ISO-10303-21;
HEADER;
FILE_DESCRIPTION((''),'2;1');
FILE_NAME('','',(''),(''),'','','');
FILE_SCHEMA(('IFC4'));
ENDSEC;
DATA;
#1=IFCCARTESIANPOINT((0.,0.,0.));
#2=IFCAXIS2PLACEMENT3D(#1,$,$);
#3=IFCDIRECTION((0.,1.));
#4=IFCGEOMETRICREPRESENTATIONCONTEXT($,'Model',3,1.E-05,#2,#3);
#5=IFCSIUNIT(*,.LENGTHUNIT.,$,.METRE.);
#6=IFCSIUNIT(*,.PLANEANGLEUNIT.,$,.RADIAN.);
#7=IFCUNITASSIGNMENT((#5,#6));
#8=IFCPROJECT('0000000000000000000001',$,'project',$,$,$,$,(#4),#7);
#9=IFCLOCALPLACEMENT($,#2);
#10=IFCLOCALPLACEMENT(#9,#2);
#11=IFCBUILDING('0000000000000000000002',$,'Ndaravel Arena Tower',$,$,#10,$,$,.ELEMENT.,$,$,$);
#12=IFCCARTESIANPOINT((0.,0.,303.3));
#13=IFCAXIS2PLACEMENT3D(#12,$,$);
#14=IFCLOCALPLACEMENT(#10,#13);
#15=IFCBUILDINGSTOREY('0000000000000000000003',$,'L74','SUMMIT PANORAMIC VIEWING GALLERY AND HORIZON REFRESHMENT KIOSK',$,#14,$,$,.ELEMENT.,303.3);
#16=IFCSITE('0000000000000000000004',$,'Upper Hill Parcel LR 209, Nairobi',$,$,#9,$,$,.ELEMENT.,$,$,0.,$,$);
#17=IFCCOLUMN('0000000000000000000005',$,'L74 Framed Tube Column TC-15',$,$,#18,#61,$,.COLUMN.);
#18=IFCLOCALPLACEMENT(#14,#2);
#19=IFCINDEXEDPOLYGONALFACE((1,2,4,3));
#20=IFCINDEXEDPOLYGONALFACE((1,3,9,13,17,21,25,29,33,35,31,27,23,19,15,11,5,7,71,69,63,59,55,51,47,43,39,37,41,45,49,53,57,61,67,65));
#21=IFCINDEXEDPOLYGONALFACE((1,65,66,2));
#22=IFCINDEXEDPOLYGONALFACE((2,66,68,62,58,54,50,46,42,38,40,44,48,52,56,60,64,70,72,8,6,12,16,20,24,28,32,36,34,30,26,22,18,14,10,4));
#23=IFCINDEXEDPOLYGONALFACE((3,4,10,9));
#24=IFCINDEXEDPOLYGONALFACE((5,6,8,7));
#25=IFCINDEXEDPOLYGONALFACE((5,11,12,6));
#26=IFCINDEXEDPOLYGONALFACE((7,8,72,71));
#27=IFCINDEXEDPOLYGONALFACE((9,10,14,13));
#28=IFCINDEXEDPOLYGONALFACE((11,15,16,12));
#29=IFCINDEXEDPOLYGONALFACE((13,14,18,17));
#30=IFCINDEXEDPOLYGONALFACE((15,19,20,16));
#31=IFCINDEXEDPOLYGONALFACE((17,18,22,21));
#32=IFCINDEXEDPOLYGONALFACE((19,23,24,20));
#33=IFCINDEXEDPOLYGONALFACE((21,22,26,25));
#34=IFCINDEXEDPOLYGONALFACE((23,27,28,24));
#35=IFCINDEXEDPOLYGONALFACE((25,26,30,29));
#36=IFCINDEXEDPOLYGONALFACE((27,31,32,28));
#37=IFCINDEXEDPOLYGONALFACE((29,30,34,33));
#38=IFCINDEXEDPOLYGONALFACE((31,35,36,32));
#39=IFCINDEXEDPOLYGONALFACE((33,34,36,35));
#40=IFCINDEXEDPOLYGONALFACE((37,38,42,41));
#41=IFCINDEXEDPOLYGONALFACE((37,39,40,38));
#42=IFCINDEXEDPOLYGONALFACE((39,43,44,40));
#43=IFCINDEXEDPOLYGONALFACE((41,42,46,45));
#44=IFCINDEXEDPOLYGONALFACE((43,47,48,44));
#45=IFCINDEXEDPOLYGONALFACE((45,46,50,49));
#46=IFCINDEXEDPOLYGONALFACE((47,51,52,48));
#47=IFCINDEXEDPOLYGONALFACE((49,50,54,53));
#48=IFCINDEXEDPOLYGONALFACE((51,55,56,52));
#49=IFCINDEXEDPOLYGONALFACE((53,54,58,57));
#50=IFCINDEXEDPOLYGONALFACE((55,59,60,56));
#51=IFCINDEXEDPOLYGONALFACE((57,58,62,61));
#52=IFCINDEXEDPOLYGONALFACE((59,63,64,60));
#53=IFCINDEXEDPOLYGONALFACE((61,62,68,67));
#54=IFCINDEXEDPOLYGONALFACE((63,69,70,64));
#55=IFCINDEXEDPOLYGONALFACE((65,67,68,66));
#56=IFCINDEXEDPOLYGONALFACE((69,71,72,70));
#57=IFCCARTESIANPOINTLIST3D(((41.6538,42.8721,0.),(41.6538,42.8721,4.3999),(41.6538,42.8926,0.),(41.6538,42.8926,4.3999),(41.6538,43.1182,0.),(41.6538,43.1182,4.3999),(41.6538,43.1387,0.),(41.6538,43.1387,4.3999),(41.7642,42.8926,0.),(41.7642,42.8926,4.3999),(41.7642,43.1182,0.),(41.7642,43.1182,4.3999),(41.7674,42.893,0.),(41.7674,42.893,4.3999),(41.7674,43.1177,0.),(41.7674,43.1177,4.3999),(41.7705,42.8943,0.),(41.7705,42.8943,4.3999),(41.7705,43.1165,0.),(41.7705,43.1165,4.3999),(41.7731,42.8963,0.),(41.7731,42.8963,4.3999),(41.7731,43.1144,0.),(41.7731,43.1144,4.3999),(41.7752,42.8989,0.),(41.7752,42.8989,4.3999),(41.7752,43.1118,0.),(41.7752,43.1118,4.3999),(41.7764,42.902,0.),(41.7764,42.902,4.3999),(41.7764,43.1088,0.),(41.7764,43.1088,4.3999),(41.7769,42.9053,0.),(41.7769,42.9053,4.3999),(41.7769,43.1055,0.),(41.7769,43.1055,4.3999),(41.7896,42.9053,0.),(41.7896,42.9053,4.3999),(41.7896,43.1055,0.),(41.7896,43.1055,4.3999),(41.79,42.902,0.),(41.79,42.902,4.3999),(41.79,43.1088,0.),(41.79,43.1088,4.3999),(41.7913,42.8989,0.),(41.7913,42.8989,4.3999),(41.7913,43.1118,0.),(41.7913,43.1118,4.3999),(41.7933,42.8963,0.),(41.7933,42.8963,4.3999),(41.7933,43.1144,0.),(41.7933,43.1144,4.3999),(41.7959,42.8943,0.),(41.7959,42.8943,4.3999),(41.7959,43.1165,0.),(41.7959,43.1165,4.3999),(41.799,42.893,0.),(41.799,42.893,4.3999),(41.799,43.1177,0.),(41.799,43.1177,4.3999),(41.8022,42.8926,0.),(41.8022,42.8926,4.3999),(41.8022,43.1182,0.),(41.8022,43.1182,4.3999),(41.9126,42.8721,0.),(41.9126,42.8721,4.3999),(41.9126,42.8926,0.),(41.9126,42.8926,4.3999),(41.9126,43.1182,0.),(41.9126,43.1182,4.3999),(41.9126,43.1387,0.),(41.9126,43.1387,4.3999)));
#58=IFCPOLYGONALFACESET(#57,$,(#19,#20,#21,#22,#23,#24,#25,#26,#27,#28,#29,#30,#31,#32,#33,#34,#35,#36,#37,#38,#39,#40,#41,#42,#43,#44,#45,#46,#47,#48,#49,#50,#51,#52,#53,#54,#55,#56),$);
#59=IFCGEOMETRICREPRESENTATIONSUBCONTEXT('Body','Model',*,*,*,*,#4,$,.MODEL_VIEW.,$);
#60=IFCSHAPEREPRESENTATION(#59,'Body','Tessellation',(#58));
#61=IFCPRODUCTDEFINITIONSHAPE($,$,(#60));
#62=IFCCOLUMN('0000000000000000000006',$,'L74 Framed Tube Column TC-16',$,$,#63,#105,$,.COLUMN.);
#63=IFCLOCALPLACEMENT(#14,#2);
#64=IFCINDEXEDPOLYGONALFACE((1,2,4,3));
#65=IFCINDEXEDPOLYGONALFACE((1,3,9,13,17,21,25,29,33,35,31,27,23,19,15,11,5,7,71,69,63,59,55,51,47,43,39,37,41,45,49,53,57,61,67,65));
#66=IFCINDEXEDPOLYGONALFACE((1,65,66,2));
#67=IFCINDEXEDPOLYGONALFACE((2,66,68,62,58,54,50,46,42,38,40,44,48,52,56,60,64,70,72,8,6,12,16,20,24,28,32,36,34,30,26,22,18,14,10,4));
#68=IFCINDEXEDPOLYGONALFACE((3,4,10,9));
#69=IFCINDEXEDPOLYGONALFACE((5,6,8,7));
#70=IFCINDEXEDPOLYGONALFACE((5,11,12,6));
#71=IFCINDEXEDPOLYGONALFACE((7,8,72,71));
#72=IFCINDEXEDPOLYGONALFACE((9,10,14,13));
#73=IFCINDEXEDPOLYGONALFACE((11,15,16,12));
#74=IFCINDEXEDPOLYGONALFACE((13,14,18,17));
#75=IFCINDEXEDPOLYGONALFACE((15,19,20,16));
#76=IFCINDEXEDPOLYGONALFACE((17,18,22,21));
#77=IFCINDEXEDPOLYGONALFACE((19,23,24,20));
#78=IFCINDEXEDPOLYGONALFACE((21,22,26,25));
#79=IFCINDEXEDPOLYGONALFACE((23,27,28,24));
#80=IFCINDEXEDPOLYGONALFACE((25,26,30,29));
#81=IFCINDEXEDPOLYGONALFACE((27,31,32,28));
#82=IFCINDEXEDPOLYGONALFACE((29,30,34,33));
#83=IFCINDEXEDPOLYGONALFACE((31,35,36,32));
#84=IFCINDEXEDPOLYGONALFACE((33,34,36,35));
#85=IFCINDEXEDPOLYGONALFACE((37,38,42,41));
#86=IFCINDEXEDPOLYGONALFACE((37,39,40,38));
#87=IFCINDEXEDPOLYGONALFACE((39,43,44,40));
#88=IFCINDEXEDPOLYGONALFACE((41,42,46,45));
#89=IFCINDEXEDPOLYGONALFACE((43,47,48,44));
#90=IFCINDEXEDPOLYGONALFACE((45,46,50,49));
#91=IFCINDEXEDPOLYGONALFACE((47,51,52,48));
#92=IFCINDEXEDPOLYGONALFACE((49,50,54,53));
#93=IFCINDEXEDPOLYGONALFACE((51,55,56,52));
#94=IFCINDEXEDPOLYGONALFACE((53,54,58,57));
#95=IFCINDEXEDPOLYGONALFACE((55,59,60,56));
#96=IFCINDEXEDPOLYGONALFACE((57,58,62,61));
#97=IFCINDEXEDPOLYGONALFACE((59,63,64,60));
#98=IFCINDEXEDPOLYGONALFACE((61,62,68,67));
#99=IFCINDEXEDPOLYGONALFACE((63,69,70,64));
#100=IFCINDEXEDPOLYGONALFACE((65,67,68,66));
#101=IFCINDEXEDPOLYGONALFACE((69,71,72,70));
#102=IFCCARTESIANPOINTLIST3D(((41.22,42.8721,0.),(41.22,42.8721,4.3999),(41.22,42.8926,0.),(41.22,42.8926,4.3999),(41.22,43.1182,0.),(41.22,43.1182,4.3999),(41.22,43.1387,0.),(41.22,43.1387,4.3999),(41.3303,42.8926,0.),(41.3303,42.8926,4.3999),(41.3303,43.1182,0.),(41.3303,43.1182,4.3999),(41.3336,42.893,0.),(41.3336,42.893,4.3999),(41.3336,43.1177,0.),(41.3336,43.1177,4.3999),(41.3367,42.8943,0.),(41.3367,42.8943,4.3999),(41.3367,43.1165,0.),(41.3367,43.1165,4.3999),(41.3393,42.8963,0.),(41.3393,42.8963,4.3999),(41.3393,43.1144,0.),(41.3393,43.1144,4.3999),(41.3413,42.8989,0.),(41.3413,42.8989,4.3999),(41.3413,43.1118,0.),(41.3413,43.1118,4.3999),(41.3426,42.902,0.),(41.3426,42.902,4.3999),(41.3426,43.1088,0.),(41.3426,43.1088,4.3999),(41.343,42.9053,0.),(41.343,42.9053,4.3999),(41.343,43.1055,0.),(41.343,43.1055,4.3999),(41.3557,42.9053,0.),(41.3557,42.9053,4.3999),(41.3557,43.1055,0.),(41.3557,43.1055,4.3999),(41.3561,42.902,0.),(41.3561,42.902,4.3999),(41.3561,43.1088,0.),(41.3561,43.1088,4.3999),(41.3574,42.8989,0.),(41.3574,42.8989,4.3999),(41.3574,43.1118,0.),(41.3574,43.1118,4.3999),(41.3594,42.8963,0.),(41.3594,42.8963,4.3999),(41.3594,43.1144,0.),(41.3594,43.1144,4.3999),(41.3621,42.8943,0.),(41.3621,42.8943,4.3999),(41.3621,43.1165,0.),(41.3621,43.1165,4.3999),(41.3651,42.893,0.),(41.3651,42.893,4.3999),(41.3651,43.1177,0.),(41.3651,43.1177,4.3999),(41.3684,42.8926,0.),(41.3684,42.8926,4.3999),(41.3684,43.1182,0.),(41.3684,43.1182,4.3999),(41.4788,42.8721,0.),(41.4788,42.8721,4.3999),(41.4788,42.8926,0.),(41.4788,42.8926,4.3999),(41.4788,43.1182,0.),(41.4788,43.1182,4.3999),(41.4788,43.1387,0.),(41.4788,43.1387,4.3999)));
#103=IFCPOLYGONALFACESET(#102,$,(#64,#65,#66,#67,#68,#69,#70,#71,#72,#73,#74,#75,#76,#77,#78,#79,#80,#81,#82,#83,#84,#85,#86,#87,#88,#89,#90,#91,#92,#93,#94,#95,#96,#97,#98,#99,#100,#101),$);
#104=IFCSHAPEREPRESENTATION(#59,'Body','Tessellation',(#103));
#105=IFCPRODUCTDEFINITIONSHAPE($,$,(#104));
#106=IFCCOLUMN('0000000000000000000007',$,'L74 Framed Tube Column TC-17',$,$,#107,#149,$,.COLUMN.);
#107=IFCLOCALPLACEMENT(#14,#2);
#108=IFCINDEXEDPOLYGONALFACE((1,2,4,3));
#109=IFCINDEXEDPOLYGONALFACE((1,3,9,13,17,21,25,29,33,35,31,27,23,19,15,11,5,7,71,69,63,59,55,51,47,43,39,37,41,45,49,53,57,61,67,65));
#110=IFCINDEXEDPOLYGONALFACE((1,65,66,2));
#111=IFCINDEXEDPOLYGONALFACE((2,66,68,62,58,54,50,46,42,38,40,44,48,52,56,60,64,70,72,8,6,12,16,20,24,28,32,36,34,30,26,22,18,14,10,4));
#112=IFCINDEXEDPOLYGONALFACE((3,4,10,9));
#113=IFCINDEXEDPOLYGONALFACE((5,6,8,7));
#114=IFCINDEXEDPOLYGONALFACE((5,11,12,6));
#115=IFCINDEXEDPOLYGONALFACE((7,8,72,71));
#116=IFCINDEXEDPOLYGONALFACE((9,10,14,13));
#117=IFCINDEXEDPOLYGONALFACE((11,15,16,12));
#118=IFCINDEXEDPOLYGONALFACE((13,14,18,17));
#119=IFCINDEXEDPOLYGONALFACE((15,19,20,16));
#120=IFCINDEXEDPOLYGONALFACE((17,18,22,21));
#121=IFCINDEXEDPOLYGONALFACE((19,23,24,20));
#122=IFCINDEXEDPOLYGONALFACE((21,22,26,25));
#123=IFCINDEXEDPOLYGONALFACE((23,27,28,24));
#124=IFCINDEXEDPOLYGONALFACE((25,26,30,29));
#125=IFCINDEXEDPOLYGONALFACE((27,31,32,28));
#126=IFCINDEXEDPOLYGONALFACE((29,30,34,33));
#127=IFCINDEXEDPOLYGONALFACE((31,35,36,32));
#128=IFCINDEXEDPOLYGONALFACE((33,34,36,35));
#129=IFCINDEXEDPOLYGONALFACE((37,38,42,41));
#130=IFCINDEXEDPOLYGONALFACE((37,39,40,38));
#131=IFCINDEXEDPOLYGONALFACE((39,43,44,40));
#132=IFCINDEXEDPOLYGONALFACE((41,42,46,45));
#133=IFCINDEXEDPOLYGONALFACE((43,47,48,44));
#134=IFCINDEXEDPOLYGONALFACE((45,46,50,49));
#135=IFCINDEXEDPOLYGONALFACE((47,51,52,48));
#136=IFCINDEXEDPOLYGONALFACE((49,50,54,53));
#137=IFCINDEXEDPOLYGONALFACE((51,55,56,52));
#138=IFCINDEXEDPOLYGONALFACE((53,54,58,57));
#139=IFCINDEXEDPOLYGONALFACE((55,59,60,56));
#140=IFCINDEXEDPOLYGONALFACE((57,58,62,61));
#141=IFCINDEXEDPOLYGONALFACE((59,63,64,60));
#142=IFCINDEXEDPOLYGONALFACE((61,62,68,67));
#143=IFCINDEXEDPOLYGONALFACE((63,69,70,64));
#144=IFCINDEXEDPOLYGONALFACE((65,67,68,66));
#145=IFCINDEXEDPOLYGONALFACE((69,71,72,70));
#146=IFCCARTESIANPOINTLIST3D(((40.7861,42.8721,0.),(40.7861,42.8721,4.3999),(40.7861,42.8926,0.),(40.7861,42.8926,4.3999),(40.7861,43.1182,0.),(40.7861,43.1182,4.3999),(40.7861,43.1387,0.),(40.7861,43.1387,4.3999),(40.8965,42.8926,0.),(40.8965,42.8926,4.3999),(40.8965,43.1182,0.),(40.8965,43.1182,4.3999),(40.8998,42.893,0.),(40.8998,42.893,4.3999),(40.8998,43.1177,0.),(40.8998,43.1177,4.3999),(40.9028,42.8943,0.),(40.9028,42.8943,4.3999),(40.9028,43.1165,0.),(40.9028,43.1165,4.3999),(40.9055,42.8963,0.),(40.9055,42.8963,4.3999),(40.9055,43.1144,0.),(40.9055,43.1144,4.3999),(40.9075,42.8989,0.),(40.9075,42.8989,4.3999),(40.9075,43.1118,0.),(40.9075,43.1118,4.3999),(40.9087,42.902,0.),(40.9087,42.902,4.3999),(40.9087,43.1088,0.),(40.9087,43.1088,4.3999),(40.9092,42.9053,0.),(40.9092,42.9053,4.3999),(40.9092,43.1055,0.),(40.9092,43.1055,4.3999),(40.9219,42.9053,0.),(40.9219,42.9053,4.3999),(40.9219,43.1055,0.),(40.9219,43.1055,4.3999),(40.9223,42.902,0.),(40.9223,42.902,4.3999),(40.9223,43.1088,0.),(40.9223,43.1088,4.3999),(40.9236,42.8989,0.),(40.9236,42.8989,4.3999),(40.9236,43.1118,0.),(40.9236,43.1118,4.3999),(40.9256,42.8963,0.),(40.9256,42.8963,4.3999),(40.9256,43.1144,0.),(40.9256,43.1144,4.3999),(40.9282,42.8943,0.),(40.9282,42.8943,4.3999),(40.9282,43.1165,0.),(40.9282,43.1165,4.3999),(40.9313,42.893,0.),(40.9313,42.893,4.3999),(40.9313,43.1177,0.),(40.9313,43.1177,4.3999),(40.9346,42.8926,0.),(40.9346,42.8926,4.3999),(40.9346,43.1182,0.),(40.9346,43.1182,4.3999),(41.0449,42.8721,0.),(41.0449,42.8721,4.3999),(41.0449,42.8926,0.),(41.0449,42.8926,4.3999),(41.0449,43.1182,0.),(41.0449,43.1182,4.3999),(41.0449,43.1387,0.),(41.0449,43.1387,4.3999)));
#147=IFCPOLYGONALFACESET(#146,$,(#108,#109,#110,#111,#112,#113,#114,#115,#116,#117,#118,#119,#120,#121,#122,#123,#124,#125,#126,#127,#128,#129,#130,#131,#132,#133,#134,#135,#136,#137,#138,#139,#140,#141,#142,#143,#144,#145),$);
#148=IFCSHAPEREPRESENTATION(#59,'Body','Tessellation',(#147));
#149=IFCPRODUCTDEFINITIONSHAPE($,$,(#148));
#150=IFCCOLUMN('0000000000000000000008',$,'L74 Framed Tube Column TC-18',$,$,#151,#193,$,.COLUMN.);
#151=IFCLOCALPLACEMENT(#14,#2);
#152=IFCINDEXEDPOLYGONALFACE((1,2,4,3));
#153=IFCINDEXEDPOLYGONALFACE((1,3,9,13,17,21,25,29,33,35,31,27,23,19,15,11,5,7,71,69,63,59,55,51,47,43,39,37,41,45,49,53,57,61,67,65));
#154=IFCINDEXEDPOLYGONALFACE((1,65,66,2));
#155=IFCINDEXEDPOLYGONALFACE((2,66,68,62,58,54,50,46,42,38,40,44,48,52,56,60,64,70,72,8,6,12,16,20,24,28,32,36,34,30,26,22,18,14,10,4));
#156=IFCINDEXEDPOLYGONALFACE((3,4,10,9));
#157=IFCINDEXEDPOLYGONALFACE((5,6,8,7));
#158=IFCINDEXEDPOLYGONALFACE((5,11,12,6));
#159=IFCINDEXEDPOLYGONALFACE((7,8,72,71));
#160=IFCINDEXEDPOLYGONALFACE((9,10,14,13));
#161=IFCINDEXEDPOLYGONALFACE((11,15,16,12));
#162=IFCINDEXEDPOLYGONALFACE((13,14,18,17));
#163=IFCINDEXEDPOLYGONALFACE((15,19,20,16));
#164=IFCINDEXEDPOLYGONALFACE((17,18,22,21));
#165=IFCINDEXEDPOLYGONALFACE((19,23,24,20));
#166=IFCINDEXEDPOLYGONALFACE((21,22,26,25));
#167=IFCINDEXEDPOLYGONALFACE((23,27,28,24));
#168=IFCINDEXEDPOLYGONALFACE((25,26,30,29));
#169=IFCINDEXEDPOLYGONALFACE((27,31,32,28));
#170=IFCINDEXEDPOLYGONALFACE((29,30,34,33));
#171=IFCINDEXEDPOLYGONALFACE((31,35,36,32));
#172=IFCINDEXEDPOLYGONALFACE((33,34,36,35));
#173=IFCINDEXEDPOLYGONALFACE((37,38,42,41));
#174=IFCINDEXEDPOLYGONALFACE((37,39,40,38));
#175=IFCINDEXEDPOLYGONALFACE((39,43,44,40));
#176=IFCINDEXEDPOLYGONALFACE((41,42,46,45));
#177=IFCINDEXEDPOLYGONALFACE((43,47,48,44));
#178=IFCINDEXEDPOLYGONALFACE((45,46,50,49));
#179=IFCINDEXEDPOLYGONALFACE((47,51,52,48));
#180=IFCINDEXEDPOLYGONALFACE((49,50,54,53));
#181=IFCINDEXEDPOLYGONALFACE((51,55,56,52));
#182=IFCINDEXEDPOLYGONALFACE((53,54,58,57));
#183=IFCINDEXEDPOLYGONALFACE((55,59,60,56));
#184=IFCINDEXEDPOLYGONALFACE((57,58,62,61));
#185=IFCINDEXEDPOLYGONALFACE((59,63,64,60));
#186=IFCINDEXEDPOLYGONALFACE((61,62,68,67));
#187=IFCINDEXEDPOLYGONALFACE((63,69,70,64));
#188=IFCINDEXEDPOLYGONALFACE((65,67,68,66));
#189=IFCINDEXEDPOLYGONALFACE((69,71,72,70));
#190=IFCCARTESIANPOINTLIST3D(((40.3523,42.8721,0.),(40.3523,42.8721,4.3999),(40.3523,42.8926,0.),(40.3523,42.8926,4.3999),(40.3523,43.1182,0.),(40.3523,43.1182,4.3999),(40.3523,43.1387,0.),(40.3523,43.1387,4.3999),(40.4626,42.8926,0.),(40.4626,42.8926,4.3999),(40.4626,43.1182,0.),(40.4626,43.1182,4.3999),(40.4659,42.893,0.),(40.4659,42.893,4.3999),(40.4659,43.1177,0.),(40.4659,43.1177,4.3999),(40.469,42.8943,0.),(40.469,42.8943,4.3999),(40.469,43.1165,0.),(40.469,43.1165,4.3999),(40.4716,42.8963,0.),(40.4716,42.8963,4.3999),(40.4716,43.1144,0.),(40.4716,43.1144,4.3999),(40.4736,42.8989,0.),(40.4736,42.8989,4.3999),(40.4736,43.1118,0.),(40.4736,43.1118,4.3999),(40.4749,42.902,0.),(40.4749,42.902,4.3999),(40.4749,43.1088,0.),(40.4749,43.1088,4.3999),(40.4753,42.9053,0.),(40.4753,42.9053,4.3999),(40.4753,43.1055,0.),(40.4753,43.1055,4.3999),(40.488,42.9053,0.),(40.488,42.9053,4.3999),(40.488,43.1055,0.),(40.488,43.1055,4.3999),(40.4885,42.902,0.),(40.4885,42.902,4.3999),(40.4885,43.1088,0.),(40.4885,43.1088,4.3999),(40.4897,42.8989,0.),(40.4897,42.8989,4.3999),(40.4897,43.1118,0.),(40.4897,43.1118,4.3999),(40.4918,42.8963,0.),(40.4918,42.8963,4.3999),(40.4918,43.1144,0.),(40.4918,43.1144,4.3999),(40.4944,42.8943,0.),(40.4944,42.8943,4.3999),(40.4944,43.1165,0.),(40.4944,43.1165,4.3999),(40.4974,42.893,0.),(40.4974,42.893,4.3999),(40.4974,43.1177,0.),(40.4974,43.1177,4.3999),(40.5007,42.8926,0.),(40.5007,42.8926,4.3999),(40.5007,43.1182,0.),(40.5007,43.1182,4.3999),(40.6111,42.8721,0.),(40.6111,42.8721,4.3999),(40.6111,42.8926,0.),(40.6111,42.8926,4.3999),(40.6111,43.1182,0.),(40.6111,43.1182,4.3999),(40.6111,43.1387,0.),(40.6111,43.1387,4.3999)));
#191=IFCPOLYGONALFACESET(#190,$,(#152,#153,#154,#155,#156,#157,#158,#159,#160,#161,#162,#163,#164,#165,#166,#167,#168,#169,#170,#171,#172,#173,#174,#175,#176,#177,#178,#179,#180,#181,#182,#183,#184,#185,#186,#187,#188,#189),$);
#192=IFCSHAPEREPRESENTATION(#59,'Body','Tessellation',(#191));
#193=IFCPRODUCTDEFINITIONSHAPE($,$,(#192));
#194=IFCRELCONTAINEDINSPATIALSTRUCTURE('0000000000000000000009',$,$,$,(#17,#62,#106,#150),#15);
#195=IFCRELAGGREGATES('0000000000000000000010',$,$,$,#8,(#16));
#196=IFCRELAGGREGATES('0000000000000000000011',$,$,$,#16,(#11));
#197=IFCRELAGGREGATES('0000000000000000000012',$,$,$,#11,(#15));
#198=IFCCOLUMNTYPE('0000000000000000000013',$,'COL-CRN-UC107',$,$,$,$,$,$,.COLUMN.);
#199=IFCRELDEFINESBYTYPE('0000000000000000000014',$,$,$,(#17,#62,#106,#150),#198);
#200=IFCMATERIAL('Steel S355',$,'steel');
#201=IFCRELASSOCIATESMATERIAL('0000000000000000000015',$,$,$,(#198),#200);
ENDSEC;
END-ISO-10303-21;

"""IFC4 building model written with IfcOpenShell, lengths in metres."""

from ifc_helpers import new_model, si_unit, direction, frame, origin, origin_2d, place, context, subcontext, project, spatial, i_section, extrude, material, material_profile, profile_set, type_object, element, save


model = new_model("IFC4")

# Units and contexts
model_context = context("Model", 3, precision=1e-05, world=origin(), true_north=direction((0.0, 1.0)))
body_context = subcontext(model_context, "Body", "Model", "MODEL_VIEW")
ifc_project = project(units=[si_unit("LENGTHUNIT", "METRE"), si_unit("PLANEANGLEUNIT", "RADIAN")], contexts=[model_context])

# Site, building, storey
site_placement = place(None, origin())
site = spatial("IfcSite", under=ifc_project, at=site_placement, Name="Upper Hill Parcel LR 209, Nairobi", CompositionType="ELEMENT", RefElevation=0.0)
building_placement = place(site_placement, origin())
building = spatial("IfcBuilding", under=site, at=building_placement, Name="Ndaravel Arena Tower", CompositionType="ELEMENT")
storey_placement = place(building_placement, frame((0.0, 0.0, 303.3)))
storey = spatial("IfcBuildingStorey", under=building, at=storey_placement, Name="L74", Description="SUMMIT PANORAMIC VIEWING GALLERY AND HORIZON REFRESHMENT KIOSK", CompositionType="ELEMENT", Elevation=303.3)

# Columns
ifc_material_1 = material(Name="Steel S355", Category="steel")
ifc_material_profile_1 = material_profile(ifc_material_1, i_section(OverallWidth=0.2588, OverallDepth=0.2666, WebThickness=0.0127, FlangeThickness=0.0205, FilletRadius=0.0127, at=origin_2d()), Name="UC 254x254x107")
ifc_profile_set_1 = profile_set([ifc_material_profile_1], Name="Steel S355")
column_type = type_object("IfcColumnType", Name="COL-CRN-UC107", PredefinedType="COLUMN", material=ifc_profile_set_1)
for number, where, z_axis, x_axis, name in (
    (1, (41.7832, 43.0054, 0.0), (0.0, 0.0, 1.0), (1.0, 0.0, 0.0), "L74 Framed Tube Column TC-15"),
    (2, (41.3494, 43.0054, 0.0), (0.0, 0.0, 1.0), (1.0, 0.0, 0.0), "L74 Framed Tube Column TC-16"),
    (3, (40.9155, 43.0054, 0.0), (0.0, 0.0, 1.0), (1.0, 0.0, 0.0), "L74 Framed Tube Column TC-17"),
    (4, (40.4817, 43.0054, 0.0), (0.0, 0.0, 1.0), (1.0, 0.0, 0.0), "L74 Framed Tube Column TC-18"),
):
    element("IfcColumn", number, at=place(storey_placement, frame(where, z_axis=z_axis, x_axis=x_axis)), inside=storey, type_object=column_type, Name=name, PredefinedType="COLUMN", context=body_context, shape_type="SweptSolid", body=[
        extrude(i_section(OverallWidth=0.2588, OverallDepth=0.2666, WebThickness=0.0127, FlangeThickness=0.0205, FilletRadius=0.0127, at=origin_2d()), origin(), (0.0, 0.0, 1.0), 4.3999),
    ])

save(model, "model.ifc")
